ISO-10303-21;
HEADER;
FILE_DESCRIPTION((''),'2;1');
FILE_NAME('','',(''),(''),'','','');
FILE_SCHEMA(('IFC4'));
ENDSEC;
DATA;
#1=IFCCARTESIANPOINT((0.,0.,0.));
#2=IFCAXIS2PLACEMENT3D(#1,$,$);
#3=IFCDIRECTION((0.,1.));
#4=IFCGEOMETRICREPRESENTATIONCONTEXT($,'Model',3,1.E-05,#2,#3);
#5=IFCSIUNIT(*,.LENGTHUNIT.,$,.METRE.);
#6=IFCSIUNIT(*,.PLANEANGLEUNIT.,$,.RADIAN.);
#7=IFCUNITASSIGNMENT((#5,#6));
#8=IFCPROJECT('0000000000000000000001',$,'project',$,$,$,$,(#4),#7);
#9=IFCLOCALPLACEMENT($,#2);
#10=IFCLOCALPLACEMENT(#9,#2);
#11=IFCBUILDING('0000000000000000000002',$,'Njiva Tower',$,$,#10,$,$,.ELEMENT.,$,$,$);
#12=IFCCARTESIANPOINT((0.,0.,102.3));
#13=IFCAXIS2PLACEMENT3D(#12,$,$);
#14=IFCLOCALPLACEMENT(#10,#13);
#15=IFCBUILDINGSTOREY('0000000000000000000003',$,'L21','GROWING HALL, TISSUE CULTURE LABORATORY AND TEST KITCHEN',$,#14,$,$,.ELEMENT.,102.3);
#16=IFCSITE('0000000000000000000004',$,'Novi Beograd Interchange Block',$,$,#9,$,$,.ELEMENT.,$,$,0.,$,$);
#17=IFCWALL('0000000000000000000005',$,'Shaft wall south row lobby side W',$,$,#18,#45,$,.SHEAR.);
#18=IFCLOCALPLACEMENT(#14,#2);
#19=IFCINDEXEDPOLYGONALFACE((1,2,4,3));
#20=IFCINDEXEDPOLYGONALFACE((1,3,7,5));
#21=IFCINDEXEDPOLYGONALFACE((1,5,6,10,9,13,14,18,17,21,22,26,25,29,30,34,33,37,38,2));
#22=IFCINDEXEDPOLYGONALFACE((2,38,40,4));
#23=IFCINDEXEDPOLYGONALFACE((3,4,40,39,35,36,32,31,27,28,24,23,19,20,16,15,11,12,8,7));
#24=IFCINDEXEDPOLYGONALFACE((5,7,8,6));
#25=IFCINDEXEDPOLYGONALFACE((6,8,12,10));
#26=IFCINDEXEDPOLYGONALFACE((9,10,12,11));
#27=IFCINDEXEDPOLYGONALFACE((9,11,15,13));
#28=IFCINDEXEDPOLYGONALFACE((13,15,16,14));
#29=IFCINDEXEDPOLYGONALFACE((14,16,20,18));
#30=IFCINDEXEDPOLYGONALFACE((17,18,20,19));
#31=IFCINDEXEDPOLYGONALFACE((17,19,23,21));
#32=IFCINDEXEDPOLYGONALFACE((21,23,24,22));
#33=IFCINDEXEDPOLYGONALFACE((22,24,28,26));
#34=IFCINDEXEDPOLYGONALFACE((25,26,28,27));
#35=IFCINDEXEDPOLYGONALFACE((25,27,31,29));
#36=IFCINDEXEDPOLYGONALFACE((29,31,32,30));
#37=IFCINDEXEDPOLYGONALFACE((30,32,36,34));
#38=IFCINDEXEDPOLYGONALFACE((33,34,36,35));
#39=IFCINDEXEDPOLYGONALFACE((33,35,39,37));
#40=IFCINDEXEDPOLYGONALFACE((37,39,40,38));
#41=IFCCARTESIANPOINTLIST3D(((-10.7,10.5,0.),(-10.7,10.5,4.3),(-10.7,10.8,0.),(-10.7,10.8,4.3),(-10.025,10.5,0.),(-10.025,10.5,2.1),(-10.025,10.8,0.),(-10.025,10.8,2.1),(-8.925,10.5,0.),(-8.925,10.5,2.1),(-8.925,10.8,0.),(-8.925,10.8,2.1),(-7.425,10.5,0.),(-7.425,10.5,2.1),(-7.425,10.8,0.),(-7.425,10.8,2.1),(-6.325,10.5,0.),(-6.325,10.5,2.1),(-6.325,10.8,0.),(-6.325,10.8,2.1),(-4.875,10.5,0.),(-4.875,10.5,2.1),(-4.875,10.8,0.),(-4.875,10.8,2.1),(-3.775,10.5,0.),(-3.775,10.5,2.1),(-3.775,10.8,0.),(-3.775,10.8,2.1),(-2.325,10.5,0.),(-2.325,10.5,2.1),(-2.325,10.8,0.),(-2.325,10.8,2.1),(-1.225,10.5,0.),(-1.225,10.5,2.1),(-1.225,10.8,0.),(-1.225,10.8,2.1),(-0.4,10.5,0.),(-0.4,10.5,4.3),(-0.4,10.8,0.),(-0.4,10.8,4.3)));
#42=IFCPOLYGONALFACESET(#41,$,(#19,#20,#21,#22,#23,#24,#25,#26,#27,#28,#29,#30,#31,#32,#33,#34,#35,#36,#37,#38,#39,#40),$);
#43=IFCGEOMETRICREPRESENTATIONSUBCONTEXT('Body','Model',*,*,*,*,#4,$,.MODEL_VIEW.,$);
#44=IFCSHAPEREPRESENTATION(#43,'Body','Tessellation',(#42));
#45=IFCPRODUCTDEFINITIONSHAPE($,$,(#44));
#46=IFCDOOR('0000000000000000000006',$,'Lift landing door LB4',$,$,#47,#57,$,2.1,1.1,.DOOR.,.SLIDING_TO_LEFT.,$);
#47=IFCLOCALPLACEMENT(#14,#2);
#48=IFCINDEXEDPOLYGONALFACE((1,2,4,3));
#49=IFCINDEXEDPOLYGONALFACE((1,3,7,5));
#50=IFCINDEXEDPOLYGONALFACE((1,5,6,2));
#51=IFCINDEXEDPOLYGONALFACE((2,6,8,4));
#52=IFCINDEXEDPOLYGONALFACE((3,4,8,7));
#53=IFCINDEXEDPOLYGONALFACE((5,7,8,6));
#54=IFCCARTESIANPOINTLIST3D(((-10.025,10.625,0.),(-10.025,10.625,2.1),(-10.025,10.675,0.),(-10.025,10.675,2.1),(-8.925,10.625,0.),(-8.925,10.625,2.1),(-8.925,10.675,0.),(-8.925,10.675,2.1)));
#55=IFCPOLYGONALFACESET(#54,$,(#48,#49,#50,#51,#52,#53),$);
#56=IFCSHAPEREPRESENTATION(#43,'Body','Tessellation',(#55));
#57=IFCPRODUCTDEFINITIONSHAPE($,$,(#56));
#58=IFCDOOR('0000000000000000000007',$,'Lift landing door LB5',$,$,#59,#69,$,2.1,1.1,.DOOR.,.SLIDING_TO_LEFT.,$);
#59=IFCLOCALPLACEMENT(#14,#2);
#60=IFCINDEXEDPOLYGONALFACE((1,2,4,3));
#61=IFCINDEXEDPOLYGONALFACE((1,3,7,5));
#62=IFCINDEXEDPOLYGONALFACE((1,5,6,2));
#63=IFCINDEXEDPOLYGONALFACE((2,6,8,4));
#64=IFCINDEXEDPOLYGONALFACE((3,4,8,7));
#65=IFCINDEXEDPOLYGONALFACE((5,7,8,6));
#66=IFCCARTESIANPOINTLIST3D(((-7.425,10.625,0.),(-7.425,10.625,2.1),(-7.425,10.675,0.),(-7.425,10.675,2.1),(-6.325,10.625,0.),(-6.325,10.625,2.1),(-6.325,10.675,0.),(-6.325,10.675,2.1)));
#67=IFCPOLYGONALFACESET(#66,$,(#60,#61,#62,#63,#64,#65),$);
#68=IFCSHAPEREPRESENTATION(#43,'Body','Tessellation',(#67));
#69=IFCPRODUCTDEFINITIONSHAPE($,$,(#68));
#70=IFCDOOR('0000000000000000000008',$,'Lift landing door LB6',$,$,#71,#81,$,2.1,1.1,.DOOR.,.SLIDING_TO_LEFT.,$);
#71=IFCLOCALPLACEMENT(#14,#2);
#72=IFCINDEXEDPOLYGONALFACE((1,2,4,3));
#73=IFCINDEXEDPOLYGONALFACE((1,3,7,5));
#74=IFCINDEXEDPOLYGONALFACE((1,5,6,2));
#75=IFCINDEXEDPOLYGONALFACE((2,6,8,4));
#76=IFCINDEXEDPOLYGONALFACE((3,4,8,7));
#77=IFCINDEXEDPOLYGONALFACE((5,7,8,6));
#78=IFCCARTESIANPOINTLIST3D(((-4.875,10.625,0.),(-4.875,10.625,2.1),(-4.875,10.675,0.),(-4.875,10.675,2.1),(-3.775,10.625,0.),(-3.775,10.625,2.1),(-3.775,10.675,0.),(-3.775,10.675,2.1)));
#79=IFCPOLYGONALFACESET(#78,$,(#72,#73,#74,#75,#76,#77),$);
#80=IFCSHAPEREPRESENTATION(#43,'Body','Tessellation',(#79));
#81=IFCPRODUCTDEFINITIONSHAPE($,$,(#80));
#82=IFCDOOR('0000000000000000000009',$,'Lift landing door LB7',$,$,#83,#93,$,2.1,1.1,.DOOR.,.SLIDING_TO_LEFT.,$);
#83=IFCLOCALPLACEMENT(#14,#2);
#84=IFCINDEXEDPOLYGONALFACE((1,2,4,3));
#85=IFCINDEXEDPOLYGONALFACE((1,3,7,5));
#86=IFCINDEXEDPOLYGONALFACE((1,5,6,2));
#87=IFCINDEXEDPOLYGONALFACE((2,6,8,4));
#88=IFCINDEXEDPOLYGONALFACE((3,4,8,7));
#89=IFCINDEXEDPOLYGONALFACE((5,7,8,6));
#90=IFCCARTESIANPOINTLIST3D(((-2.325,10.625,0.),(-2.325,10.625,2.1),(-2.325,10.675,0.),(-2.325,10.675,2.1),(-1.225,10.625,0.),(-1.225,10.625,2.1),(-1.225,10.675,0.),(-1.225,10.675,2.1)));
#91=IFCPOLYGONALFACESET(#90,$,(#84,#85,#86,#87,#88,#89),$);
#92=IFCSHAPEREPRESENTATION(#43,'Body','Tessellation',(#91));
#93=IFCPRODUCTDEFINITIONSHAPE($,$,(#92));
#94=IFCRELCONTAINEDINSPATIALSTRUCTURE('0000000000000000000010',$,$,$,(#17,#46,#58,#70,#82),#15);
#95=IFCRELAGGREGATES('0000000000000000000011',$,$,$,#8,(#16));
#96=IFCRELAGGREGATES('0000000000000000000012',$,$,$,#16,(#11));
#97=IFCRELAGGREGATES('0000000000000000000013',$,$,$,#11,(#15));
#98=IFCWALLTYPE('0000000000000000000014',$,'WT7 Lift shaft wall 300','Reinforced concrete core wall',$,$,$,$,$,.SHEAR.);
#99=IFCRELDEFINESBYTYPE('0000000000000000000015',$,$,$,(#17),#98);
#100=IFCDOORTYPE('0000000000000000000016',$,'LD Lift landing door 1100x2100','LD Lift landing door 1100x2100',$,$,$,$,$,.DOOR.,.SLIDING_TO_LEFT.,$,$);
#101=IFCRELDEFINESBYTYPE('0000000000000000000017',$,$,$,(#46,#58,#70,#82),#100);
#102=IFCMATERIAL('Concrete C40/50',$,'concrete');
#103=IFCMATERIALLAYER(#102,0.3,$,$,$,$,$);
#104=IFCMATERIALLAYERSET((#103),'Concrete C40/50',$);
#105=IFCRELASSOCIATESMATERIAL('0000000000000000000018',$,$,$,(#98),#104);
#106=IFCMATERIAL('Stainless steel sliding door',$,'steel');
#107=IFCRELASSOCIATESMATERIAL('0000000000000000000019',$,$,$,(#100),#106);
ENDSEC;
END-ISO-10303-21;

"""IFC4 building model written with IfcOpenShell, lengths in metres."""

from ifc_helpers import new_model, si_unit, direction, frame, frame_2d, origin, place, context, subcontext, project, spatial, rectangle, extrude, material, layer, layer_set, type_object, element, fill, save


model = new_model("IFC4")

# Units and contexts
model_context = context("Model", 3, precision=1e-05, world=origin(), true_north=direction((0.0, 1.0)))
body_context = subcontext(model_context, "Body", "Model", "MODEL_VIEW")
ifc_project = project(units=[si_unit("LENGTHUNIT", "METRE"), si_unit("PLANEANGLEUNIT", "RADIAN")], contexts=[model_context])

# Site, building, storey
site_placement = place(None, origin())
site = spatial("IfcSite", under=ifc_project, at=site_placement, Name="Novi Beograd Interchange Block", CompositionType="ELEMENT", RefElevation=0.0)
building_placement = place(site_placement, origin())
building = spatial("IfcBuilding", under=site, at=building_placement, Name="Njiva Tower", CompositionType="ELEMENT")
storey_placement = place(building_placement, frame((0.0, 0.0, 102.3)))
storey = spatial("IfcBuildingStorey", under=building, at=storey_placement, Name="L21", Description="GROWING HALL, TISSUE CULTURE LABORATORY AND TEST KITCHEN", CompositionType="ELEMENT", Elevation=102.3)

# Shared definitions
ifc_material_1 = material(Name="Concrete C40/50", Category="concrete")

# Wall, openings, doors
ifc_layer_1 = layer(ifc_material_1, 0.3)
ifc_layer_set_1 = layer_set([ifc_layer_1], Name="Concrete C40/50")
wall_type_1 = type_object("IfcWallType", Name="WT7 Lift shaft wall 300", Description="Reinforced concrete core wall", PredefinedType="SHEAR", material=ifc_layer_set_1)
ifc_material_2 = material(Name="Stainless steel sliding door", Category="steel")
door_type_1 = type_object("IfcDoorType", Name="LD Lift landing door 1100x2100", Description="LD Lift landing door 1100x2100", OperationType="SLIDING_TO_LEFT", PredefinedType="DOOR", material=ifc_material_2)
wall_1_placement = place(storey_placement, frame((-10.7, 10.65, 0.0), z_axis=(0.0, 0.0, 1.0), x_axis=(1.0, 0.0, 0.0)))
wall_1 = element("IfcWall", 1, at=wall_1_placement, inside=storey, type_object=wall_type_1, Name="Shaft wall south row lobby side W", PredefinedType="SHEAR", context=body_context, shape_type="SweptSolid", body=[
    extrude(rectangle(XDim=10.3, YDim=0.3, at=frame_2d((5.15, 0.0))), origin(), (0.0, 0.0, 1.0), 4.3),
])
opening_1_placement = place(wall_1_placement, frame((0.675, 0.0, 0.0)))
opening_1 = element("IfcOpeningElement", 2, at=opening_1_placement, cuts=wall_1, PredefinedType="OPENING", context=body_context, shape_type="SweptSolid", body=[
    extrude(rectangle(XDim=1.1, YDim=2.1, at=frame_2d((0.55, 1.05))), frame((0.0, 0.16, 0.0), z_axis=(0.0, -1.0, 0.0), x_axis=(1.0, 0.0, 0.0)), (0.0, 0.0, 1.0), 0.32),
])
opening_2_placement = place(wall_1_placement, frame((3.275, 0.0, 0.0)))
opening_2 = element("IfcOpeningElement", 3, at=opening_2_placement, cuts=wall_1, PredefinedType="OPENING", context=body_context, shape_type="SweptSolid", body=[
    extrude(rectangle(XDim=1.1, YDim=2.1, at=frame_2d((0.55, 1.05))), frame((0.0, 0.16, 0.0), z_axis=(0.0, -1.0, 0.0), x_axis=(1.0, 0.0, 0.0)), (0.0, 0.0, 1.0), 0.32),
])
opening_3_placement = place(wall_1_placement, frame((5.825, 0.0, 0.0)))
opening_3 = element("IfcOpeningElement", 4, at=opening_3_placement, cuts=wall_1, PredefinedType="OPENING", context=body_context, shape_type="SweptSolid", body=[
    extrude(rectangle(XDim=1.1, YDim=2.1, at=frame_2d((0.55, 1.05))), frame((0.0, 0.16, 0.0), z_axis=(0.0, -1.0, 0.0), x_axis=(1.0, 0.0, 0.0)), (0.0, 0.0, 1.0), 0.32),
])
opening_4_placement = place(wall_1_placement, frame((8.375, 0.0, 0.0)))
opening_4 = element("IfcOpeningElement", 5, at=opening_4_placement, cuts=wall_1, PredefinedType="OPENING", context=body_context, shape_type="SweptSolid", body=[
    extrude(rectangle(XDim=1.1, YDim=2.1, at=frame_2d((0.55, 1.05))), frame((0.0, 0.16, 0.0), z_axis=(0.0, -1.0, 0.0), x_axis=(1.0, 0.0, 0.0)), (0.0, 0.0, 1.0), 0.32),
])
door_1_placement = place(opening_1_placement, origin())
door_1 = element("IfcDoor", 6, at=door_1_placement, inside=storey, type_object=door_type_1, Name="Lift landing door LB4", OperationType="SLIDING_TO_LEFT", OverallHeight=2.1, OverallWidth=1.1, PredefinedType="DOOR", context=body_context, shape_type="SweptSolid", body=[
    extrude(rectangle(XDim=1.1, YDim=2.1, at=frame_2d((0.55, 1.05))), frame((0.0, 0.025, 0.0), z_axis=(0.0, -1.0, 0.0), x_axis=(1.0, 0.0, 0.0)), (0.0, 0.0, 1.0), 0.05),
])
fill(opening_1, door_1)
door_2_placement = place(opening_2_placement, origin())
door_2 = element("IfcDoor", 7, at=door_2_placement, inside=storey, type_object=door_type_1, Name="Lift landing door LB5", OperationType="SLIDING_TO_LEFT", OverallHeight=2.1, OverallWidth=1.1, PredefinedType="DOOR", context=body_context, shape_type="SweptSolid", body=[
    extrude(rectangle(XDim=1.1, YDim=2.1, at=frame_2d((0.55, 1.05))), frame((0.0, 0.025, 0.0), z_axis=(0.0, -1.0, 0.0), x_axis=(1.0, 0.0, 0.0)), (0.0, 0.0, 1.0), 0.05),
])
fill(opening_2, door_2)
door_3_placement = place(opening_3_placement, origin())
door_3 = element("IfcDoor", 8, at=door_3_placement, inside=storey, type_object=door_type_1, Name="Lift landing door LB6", OperationType="SLIDING_TO_LEFT", OverallHeight=2.1, OverallWidth=1.1, PredefinedType="DOOR", context=body_context, shape_type="SweptSolid", body=[
    extrude(rectangle(XDim=1.1, YDim=2.1, at=frame_2d((0.55, 1.05))), frame((0.0, 0.025, 0.0), z_axis=(0.0, -1.0, 0.0), x_axis=(1.0, 0.0, 0.0)), (0.0, 0.0, 1.0), 0.05),
])
fill(opening_3, door_3)
door_4_placement = place(opening_4_placement, origin())
door_4 = element("IfcDoor", 9, at=door_4_placement, inside=storey, type_object=door_type_1, Name="Lift landing door LB7", OperationType="SLIDING_TO_LEFT", OverallHeight=2.1, OverallWidth=1.1, PredefinedType="DOOR", context=body_context, shape_type="SweptSolid", body=[
    extrude(rectangle(XDim=1.1, YDim=2.1, at=frame_2d((0.55, 1.05))), frame((0.0, 0.025, 0.0), z_axis=(0.0, -1.0, 0.0), x_axis=(1.0, 0.0, 0.0)), (0.0, 0.0, 1.0), 0.05),
])
fill(opening_4, door_4)

save(model, "model.ifc")
